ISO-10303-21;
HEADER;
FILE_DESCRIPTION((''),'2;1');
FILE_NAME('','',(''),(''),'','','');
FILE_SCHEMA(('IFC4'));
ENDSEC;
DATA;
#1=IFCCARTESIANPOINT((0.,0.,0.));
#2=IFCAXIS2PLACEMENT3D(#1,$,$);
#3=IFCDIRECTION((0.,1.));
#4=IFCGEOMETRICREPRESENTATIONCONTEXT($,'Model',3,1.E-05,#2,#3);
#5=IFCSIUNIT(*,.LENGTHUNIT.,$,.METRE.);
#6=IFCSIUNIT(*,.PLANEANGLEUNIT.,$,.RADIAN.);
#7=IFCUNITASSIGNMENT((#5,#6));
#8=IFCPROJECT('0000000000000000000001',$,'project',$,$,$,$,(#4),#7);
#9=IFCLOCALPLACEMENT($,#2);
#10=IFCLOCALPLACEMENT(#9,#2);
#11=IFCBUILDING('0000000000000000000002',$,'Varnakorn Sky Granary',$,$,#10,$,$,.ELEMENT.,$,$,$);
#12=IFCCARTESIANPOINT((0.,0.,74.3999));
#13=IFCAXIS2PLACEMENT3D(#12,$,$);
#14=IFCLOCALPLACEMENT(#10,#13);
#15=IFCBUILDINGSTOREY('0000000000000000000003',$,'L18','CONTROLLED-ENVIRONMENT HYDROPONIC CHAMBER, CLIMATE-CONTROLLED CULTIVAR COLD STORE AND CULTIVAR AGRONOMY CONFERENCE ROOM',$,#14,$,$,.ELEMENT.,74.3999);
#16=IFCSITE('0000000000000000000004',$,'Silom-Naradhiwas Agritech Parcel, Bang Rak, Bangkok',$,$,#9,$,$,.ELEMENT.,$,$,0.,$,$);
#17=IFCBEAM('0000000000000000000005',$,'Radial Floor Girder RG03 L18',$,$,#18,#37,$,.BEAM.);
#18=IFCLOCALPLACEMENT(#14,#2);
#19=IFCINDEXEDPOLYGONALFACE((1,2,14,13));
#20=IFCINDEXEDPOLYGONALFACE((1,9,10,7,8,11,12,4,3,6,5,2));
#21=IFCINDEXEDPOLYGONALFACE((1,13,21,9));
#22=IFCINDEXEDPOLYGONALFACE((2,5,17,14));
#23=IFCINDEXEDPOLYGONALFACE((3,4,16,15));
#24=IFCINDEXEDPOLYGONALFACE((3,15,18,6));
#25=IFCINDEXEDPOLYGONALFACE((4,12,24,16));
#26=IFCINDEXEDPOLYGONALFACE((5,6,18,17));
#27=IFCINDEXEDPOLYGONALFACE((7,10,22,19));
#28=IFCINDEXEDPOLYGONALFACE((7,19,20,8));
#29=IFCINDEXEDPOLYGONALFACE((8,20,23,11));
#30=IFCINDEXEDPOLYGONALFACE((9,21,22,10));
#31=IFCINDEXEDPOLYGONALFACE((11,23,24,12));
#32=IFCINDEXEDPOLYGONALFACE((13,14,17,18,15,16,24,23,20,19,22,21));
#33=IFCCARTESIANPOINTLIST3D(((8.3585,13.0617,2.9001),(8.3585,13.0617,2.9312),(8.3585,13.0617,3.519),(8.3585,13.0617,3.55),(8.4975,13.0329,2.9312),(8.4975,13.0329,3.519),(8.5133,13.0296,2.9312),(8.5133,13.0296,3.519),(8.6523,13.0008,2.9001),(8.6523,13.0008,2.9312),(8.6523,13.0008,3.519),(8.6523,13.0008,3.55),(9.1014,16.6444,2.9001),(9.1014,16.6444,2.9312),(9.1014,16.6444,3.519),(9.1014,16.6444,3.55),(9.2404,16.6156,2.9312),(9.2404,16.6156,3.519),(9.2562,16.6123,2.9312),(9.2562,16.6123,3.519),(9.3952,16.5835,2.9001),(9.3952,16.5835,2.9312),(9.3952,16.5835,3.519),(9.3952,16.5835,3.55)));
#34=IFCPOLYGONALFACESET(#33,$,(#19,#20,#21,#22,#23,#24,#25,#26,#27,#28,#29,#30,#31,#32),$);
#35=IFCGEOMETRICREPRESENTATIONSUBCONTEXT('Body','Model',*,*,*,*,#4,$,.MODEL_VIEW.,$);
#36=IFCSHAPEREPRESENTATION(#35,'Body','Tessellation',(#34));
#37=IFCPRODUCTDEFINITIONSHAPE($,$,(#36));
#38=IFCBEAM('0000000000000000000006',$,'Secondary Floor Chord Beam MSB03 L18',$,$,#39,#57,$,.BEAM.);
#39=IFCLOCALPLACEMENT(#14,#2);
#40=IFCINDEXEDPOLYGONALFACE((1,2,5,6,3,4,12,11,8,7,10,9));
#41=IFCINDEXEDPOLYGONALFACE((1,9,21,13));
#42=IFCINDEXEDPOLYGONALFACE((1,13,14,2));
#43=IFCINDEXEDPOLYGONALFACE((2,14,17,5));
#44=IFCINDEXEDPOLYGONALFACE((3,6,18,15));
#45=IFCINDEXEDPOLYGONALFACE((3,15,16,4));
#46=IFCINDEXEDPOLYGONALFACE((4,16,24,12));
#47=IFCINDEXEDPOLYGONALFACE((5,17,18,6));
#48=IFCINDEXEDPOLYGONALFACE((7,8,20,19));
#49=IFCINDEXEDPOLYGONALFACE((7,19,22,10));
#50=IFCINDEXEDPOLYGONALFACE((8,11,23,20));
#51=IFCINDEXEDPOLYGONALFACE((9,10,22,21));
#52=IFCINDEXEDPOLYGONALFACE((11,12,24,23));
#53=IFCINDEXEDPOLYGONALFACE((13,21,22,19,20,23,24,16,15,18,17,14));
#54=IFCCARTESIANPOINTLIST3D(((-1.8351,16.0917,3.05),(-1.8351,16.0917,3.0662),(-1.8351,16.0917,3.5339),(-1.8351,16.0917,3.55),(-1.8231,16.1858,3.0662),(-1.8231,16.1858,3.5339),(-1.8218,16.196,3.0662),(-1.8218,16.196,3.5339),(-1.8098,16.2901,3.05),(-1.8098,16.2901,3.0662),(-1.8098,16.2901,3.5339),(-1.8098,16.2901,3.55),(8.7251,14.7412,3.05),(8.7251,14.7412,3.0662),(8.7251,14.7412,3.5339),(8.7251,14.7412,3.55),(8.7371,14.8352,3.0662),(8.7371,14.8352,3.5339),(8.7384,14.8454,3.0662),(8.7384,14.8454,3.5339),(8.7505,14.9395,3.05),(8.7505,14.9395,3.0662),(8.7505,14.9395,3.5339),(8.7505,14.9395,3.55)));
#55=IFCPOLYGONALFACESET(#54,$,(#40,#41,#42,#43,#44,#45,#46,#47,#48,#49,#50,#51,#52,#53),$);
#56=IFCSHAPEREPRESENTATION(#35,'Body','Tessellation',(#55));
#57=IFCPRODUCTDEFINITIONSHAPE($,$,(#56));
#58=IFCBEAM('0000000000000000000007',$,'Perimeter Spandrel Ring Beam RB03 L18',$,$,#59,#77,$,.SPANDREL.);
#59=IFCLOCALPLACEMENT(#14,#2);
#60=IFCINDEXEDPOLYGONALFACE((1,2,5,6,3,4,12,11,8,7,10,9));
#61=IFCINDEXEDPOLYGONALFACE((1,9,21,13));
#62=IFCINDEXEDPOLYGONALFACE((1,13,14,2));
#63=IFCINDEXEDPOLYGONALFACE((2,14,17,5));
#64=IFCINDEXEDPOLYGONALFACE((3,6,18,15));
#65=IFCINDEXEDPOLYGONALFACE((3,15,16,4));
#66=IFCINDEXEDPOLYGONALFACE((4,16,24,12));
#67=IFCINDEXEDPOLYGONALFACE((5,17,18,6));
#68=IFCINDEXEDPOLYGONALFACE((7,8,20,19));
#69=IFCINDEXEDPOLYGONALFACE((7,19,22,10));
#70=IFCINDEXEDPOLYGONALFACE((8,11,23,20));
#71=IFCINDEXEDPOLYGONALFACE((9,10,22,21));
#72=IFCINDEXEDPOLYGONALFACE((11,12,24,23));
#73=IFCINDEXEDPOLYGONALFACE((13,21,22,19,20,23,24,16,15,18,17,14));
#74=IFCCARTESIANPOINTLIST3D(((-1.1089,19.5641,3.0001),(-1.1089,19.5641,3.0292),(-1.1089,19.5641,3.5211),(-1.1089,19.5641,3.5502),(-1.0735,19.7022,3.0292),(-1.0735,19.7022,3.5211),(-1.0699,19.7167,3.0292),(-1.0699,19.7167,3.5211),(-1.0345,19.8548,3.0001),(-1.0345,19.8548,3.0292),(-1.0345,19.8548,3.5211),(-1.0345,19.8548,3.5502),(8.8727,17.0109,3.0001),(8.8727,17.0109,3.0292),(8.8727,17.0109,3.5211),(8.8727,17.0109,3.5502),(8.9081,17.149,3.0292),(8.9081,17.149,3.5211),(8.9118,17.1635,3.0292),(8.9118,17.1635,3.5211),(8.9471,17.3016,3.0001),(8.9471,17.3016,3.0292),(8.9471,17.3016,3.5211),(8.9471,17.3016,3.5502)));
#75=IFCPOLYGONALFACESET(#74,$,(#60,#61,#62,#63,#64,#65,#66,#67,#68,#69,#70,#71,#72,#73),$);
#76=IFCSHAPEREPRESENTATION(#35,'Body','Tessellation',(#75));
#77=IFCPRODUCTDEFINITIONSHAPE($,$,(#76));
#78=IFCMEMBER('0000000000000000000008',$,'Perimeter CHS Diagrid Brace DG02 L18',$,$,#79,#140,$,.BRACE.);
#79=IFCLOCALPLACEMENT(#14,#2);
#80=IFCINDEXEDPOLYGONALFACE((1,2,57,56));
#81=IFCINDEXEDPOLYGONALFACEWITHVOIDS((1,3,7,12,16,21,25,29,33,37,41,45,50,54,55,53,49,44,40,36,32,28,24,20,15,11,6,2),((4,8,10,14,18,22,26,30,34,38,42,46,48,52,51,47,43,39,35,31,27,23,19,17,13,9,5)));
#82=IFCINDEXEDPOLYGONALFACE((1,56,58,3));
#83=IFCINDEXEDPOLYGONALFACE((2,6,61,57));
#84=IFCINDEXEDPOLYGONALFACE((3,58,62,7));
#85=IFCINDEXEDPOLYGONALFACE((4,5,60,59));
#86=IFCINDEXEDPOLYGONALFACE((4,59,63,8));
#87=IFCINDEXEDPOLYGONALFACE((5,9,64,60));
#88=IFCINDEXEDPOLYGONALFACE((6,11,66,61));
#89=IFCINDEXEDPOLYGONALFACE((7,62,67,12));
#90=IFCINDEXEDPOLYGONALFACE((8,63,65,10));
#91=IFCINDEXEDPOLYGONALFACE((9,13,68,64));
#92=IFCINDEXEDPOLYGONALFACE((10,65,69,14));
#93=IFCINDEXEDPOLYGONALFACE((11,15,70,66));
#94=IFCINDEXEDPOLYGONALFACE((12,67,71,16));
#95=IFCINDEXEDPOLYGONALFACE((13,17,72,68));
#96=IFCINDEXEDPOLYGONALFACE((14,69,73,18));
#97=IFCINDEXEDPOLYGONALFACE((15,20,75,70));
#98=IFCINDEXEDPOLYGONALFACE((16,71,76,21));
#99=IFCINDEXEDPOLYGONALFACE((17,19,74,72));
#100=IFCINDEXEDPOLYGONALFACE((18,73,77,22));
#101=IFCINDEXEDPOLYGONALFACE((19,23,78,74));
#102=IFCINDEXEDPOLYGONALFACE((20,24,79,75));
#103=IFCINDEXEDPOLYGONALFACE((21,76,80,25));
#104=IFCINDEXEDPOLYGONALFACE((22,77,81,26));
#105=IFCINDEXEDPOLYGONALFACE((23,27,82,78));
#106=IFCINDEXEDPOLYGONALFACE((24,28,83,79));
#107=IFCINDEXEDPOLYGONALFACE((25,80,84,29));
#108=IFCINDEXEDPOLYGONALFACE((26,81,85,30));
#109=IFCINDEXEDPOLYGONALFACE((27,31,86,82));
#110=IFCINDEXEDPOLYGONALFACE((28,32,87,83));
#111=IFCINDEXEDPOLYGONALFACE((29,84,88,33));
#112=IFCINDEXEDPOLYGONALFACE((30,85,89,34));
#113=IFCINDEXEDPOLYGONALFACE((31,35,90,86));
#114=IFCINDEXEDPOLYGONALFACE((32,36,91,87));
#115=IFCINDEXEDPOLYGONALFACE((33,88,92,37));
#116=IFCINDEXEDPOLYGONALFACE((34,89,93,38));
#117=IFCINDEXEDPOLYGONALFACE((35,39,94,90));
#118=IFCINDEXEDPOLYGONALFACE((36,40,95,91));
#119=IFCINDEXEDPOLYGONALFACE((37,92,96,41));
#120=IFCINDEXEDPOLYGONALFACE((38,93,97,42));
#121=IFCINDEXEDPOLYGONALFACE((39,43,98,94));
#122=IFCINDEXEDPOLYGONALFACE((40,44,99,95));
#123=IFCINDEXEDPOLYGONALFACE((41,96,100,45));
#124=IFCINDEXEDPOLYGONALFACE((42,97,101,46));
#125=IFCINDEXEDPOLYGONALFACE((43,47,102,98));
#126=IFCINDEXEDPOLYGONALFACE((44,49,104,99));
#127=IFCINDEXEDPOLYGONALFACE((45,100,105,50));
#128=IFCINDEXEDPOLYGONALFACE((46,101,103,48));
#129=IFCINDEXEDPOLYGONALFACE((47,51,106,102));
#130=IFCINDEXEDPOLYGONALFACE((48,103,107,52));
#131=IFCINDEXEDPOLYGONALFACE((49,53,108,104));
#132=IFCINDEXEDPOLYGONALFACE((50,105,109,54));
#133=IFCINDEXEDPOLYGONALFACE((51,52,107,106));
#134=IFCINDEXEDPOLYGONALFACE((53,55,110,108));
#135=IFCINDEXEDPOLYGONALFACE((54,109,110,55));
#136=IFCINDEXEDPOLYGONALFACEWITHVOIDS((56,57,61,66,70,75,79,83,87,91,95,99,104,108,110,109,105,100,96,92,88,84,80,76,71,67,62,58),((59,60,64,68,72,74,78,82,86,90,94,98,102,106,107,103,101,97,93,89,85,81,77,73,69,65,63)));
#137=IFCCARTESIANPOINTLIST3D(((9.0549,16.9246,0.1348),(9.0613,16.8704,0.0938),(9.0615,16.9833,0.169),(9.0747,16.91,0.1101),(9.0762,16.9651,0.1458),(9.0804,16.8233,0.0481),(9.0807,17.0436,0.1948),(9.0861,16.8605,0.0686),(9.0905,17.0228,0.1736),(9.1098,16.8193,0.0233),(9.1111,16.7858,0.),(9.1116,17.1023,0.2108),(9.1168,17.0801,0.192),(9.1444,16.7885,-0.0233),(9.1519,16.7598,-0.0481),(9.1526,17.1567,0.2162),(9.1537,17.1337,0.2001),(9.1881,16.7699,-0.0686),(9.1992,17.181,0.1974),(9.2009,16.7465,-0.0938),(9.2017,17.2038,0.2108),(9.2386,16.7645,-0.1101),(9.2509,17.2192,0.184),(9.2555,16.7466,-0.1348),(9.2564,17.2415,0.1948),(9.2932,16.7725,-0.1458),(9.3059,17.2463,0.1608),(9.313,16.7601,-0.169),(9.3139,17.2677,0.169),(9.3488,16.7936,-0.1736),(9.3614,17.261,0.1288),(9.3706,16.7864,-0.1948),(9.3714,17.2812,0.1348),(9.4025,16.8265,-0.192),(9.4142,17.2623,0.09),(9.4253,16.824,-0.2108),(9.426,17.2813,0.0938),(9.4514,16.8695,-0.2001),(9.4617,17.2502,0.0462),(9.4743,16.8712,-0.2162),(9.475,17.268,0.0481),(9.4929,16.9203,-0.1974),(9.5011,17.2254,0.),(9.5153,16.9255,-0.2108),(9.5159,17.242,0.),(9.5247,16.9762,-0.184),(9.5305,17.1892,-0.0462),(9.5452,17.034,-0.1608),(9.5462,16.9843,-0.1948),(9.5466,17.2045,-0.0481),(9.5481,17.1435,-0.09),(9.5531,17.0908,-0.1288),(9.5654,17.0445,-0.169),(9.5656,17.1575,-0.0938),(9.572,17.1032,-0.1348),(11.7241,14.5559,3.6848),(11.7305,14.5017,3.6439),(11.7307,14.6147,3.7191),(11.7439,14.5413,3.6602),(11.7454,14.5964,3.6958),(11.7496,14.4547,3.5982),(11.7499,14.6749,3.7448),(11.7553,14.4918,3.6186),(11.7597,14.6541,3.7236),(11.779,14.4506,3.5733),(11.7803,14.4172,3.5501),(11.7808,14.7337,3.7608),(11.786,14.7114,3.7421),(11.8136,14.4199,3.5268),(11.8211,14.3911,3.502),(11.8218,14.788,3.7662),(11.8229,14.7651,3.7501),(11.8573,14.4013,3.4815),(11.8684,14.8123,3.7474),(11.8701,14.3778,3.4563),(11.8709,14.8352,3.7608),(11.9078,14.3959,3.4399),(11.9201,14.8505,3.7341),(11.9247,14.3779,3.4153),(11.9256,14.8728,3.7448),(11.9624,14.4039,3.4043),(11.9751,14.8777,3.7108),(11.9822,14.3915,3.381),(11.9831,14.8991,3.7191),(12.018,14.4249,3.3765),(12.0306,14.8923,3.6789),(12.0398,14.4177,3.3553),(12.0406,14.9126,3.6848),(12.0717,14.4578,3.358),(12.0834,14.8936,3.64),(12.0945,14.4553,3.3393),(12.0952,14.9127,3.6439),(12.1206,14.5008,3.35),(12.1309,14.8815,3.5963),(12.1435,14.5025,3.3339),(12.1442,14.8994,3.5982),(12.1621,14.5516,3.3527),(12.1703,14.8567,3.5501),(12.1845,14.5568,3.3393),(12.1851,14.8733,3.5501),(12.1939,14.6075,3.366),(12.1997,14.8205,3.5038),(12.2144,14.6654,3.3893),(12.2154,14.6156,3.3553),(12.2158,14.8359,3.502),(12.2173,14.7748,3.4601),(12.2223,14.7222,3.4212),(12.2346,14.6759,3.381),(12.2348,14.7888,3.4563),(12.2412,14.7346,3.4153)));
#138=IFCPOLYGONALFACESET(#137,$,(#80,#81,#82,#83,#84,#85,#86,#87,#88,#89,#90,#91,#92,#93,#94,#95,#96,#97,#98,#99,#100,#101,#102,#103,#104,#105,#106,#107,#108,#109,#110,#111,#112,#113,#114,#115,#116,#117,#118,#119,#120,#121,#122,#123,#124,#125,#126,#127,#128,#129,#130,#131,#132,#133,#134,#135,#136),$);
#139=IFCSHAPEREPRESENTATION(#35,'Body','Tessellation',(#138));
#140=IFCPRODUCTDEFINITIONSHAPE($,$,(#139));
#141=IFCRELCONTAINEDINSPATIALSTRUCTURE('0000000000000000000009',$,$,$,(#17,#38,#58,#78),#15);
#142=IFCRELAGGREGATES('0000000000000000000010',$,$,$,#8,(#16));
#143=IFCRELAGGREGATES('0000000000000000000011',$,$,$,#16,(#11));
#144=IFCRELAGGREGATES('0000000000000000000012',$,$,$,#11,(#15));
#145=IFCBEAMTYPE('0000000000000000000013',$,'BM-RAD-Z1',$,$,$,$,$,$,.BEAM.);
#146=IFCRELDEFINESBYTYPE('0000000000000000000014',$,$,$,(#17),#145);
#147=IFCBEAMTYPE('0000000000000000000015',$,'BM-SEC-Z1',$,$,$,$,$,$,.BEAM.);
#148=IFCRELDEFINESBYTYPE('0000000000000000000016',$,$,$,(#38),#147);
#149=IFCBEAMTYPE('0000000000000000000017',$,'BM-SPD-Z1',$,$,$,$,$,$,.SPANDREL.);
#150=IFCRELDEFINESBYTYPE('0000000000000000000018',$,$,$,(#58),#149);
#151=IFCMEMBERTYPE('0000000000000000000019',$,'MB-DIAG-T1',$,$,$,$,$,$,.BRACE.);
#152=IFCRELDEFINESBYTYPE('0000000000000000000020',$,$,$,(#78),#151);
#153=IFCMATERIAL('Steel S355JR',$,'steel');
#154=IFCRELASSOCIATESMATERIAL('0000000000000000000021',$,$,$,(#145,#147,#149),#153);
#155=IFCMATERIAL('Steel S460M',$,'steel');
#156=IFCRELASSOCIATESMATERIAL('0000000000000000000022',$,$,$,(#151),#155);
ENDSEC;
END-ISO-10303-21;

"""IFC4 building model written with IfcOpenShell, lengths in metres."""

from ifc_helpers import new_model, si_unit, direction, frame, origin, origin_2d, place, context, subcontext, project, spatial, hollow_circle, i_section, extrude, material, material_profile, profile_set, type_object, element, save


model = new_model("IFC4")

# Units and contexts
model_context = context("Model", 3, precision=1e-05, world=origin(), true_north=direction((0.0, 1.0)))
body_context = subcontext(model_context, "Body", "Model", "MODEL_VIEW")
ifc_project = project(units=[si_unit("LENGTHUNIT", "METRE"), si_unit("PLANEANGLEUNIT", "RADIAN")], contexts=[model_context])

# Site, building, storey
site_placement = place(None, origin())
site = spatial("IfcSite", under=ifc_project, at=site_placement, Name="Silom-Naradhiwas Agritech Parcel, Bang Rak, Bangkok", CompositionType="ELEMENT", RefElevation=0.0)
building_placement = place(site_placement, origin())
building = spatial("IfcBuilding", under=site, at=building_placement, Name="Varnakorn Sky Granary", CompositionType="ELEMENT")
storey_placement = place(building_placement, frame((0.0, 0.0, 74.3999)))
storey = spatial("IfcBuildingStorey", under=building, at=storey_placement, Name="L18", Description="CONTROLLED-ENVIRONMENT HYDROPONIC CHAMBER, CLIMATE-CONTROLLED CULTIVAR COLD STORE AND CULTIVAR AGRONOMY CONFERENCE ROOM", CompositionType="ELEMENT", Elevation=74.3999)

# Shared definitions
ifc_material_1 = material(Name="Steel S460M", Category="steel")

# Beams
ifc_material_2 = material(Name="Steel S355JR", Category="steel")
ifc_material_profile_1 = material_profile(ifc_material_2, i_section(OverallWidth=0.3, OverallDepth=0.6499, WebThickness=0.0161, FlangeThickness=0.031, at=origin_2d()), Name="HE 650 B")
ifc_profile_set_1 = profile_set([ifc_material_profile_1], Name="Steel S355JR")
beam_type_1 = type_object("IfcBeamType", Name="BM-RAD-Z1", PredefinedType="BEAM", material=ifc_profile_set_1)
beam_1_placement = place(storey_placement, frame((8.5054, 13.0312, 3.2251), z_axis=(0.20304, 0.97917, 0.0), x_axis=(-0.97917, 0.20304, 0.0)))
element("IfcBeam", 1, at=beam_1_placement, inside=storey, type_object=beam_type_1, Name="Radial Floor Girder RG03 L18", PredefinedType="BEAM", context=body_context, shape_type="SweptSolid", body=[
    extrude(i_section(OverallWidth=0.3, OverallDepth=0.6499, WebThickness=0.0161, FlangeThickness=0.031, at=origin_2d()), origin(), (0.0, 0.0, 1.0), 3.6589),
])
ifc_material_profile_2 = material_profile(ifc_material_2, i_section(OverallWidth=0.2, OverallDepth=0.5, WebThickness=0.0103, FlangeThickness=0.0161, at=origin_2d()), Name="IPE 500")
ifc_profile_set_2 = profile_set([ifc_material_profile_2], Name="Steel S355JR")
beam_type_2 = type_object("IfcBeamType", Name="BM-SEC-Z1", PredefinedType="BEAM", material=ifc_profile_set_2)
beam_2_placement = place(storey_placement, frame((8.7378, 14.8403, 3.3), z_axis=(-0.991921, 0.126859, 0.0), x_axis=(-0.126859, -0.991921, 0.0)))
element("IfcBeam", 2, at=beam_2_placement, inside=storey, type_object=beam_type_2, Name="Secondary Floor Chord Beam MSB03 L18", PredefinedType="BEAM", context=body_context, shape_type="SweptSolid", body=[
    extrude(i_section(OverallWidth=0.2, OverallDepth=0.5, WebThickness=0.0103, FlangeThickness=0.0161, at=origin_2d()), origin(), (0.0, 0.0, 1.0), 10.6462),
])
ifc_material_profile_3 = material_profile(ifc_material_2, i_section(OverallWidth=0.3, OverallDepth=0.55, WebThickness=0.0149, FlangeThickness=0.0291, at=origin_2d()), Name="HE 550 B")
ifc_profile_set_3 = profile_set([ifc_material_profile_3], Name="Steel S355JR")
beam_type_3 = type_object("IfcBeamType", Name="BM-SPD-Z1", PredefinedType="SPANDREL", material=ifc_profile_set_3)
beam_3_placement = place(storey_placement, frame((8.9099, 17.1562, 3.2751), z_axis=(-0.968808, 0.247812, 0.0), x_axis=(-0.247812, -0.968808, 0.0)))
element("IfcBeam", 3, at=beam_3_placement, inside=storey, type_object=beam_type_3, Name="Perimeter Spandrel Ring Beam RB03 L18", PredefinedType="SPANDREL", context=body_context, shape_type="SweptSolid", body=[
    extrude(i_section(OverallWidth=0.3, OverallDepth=0.55, WebThickness=0.0149, FlangeThickness=0.0291, at=origin_2d()), origin(), (0.0, 0.0, 1.0), 10.303),
])

# Member
ifc_material_profile_4 = material_profile(ifc_material_1, hollow_circle(Radius=0.3049, WallThickness=0.0222, at=origin_2d()), Name="CHS 610x22")
ifc_profile_set_4 = profile_set([ifc_material_profile_4], Name="Steel S460M")
member_type = type_object("IfcMemberType", Name="MB-DIAG-T1", PredefinedType="BRACE", material=ifc_profile_set_4)
member_1_placement = place(storey_placement, frame((9.3135, 17.0139, 0.0), z_axis=(0.530266, -0.470561, 0.705259), x_axis=(0.663744, 0.74796, 0.0)))
element("IfcMember", 4, at=member_1_placement, inside=storey, type_object=member_type, Name="Perimeter CHS Diagrid Brace DG02 L18", PredefinedType="BRACE", context=body_context, shape_type="SweptSolid", body=[
    extrude(hollow_circle(Radius=0.3049, WallThickness=0.0222, at=origin_2d()), origin(), (0.0, 0.0, 1.0), 5.0337),
])

save(model, "model.ifc")
